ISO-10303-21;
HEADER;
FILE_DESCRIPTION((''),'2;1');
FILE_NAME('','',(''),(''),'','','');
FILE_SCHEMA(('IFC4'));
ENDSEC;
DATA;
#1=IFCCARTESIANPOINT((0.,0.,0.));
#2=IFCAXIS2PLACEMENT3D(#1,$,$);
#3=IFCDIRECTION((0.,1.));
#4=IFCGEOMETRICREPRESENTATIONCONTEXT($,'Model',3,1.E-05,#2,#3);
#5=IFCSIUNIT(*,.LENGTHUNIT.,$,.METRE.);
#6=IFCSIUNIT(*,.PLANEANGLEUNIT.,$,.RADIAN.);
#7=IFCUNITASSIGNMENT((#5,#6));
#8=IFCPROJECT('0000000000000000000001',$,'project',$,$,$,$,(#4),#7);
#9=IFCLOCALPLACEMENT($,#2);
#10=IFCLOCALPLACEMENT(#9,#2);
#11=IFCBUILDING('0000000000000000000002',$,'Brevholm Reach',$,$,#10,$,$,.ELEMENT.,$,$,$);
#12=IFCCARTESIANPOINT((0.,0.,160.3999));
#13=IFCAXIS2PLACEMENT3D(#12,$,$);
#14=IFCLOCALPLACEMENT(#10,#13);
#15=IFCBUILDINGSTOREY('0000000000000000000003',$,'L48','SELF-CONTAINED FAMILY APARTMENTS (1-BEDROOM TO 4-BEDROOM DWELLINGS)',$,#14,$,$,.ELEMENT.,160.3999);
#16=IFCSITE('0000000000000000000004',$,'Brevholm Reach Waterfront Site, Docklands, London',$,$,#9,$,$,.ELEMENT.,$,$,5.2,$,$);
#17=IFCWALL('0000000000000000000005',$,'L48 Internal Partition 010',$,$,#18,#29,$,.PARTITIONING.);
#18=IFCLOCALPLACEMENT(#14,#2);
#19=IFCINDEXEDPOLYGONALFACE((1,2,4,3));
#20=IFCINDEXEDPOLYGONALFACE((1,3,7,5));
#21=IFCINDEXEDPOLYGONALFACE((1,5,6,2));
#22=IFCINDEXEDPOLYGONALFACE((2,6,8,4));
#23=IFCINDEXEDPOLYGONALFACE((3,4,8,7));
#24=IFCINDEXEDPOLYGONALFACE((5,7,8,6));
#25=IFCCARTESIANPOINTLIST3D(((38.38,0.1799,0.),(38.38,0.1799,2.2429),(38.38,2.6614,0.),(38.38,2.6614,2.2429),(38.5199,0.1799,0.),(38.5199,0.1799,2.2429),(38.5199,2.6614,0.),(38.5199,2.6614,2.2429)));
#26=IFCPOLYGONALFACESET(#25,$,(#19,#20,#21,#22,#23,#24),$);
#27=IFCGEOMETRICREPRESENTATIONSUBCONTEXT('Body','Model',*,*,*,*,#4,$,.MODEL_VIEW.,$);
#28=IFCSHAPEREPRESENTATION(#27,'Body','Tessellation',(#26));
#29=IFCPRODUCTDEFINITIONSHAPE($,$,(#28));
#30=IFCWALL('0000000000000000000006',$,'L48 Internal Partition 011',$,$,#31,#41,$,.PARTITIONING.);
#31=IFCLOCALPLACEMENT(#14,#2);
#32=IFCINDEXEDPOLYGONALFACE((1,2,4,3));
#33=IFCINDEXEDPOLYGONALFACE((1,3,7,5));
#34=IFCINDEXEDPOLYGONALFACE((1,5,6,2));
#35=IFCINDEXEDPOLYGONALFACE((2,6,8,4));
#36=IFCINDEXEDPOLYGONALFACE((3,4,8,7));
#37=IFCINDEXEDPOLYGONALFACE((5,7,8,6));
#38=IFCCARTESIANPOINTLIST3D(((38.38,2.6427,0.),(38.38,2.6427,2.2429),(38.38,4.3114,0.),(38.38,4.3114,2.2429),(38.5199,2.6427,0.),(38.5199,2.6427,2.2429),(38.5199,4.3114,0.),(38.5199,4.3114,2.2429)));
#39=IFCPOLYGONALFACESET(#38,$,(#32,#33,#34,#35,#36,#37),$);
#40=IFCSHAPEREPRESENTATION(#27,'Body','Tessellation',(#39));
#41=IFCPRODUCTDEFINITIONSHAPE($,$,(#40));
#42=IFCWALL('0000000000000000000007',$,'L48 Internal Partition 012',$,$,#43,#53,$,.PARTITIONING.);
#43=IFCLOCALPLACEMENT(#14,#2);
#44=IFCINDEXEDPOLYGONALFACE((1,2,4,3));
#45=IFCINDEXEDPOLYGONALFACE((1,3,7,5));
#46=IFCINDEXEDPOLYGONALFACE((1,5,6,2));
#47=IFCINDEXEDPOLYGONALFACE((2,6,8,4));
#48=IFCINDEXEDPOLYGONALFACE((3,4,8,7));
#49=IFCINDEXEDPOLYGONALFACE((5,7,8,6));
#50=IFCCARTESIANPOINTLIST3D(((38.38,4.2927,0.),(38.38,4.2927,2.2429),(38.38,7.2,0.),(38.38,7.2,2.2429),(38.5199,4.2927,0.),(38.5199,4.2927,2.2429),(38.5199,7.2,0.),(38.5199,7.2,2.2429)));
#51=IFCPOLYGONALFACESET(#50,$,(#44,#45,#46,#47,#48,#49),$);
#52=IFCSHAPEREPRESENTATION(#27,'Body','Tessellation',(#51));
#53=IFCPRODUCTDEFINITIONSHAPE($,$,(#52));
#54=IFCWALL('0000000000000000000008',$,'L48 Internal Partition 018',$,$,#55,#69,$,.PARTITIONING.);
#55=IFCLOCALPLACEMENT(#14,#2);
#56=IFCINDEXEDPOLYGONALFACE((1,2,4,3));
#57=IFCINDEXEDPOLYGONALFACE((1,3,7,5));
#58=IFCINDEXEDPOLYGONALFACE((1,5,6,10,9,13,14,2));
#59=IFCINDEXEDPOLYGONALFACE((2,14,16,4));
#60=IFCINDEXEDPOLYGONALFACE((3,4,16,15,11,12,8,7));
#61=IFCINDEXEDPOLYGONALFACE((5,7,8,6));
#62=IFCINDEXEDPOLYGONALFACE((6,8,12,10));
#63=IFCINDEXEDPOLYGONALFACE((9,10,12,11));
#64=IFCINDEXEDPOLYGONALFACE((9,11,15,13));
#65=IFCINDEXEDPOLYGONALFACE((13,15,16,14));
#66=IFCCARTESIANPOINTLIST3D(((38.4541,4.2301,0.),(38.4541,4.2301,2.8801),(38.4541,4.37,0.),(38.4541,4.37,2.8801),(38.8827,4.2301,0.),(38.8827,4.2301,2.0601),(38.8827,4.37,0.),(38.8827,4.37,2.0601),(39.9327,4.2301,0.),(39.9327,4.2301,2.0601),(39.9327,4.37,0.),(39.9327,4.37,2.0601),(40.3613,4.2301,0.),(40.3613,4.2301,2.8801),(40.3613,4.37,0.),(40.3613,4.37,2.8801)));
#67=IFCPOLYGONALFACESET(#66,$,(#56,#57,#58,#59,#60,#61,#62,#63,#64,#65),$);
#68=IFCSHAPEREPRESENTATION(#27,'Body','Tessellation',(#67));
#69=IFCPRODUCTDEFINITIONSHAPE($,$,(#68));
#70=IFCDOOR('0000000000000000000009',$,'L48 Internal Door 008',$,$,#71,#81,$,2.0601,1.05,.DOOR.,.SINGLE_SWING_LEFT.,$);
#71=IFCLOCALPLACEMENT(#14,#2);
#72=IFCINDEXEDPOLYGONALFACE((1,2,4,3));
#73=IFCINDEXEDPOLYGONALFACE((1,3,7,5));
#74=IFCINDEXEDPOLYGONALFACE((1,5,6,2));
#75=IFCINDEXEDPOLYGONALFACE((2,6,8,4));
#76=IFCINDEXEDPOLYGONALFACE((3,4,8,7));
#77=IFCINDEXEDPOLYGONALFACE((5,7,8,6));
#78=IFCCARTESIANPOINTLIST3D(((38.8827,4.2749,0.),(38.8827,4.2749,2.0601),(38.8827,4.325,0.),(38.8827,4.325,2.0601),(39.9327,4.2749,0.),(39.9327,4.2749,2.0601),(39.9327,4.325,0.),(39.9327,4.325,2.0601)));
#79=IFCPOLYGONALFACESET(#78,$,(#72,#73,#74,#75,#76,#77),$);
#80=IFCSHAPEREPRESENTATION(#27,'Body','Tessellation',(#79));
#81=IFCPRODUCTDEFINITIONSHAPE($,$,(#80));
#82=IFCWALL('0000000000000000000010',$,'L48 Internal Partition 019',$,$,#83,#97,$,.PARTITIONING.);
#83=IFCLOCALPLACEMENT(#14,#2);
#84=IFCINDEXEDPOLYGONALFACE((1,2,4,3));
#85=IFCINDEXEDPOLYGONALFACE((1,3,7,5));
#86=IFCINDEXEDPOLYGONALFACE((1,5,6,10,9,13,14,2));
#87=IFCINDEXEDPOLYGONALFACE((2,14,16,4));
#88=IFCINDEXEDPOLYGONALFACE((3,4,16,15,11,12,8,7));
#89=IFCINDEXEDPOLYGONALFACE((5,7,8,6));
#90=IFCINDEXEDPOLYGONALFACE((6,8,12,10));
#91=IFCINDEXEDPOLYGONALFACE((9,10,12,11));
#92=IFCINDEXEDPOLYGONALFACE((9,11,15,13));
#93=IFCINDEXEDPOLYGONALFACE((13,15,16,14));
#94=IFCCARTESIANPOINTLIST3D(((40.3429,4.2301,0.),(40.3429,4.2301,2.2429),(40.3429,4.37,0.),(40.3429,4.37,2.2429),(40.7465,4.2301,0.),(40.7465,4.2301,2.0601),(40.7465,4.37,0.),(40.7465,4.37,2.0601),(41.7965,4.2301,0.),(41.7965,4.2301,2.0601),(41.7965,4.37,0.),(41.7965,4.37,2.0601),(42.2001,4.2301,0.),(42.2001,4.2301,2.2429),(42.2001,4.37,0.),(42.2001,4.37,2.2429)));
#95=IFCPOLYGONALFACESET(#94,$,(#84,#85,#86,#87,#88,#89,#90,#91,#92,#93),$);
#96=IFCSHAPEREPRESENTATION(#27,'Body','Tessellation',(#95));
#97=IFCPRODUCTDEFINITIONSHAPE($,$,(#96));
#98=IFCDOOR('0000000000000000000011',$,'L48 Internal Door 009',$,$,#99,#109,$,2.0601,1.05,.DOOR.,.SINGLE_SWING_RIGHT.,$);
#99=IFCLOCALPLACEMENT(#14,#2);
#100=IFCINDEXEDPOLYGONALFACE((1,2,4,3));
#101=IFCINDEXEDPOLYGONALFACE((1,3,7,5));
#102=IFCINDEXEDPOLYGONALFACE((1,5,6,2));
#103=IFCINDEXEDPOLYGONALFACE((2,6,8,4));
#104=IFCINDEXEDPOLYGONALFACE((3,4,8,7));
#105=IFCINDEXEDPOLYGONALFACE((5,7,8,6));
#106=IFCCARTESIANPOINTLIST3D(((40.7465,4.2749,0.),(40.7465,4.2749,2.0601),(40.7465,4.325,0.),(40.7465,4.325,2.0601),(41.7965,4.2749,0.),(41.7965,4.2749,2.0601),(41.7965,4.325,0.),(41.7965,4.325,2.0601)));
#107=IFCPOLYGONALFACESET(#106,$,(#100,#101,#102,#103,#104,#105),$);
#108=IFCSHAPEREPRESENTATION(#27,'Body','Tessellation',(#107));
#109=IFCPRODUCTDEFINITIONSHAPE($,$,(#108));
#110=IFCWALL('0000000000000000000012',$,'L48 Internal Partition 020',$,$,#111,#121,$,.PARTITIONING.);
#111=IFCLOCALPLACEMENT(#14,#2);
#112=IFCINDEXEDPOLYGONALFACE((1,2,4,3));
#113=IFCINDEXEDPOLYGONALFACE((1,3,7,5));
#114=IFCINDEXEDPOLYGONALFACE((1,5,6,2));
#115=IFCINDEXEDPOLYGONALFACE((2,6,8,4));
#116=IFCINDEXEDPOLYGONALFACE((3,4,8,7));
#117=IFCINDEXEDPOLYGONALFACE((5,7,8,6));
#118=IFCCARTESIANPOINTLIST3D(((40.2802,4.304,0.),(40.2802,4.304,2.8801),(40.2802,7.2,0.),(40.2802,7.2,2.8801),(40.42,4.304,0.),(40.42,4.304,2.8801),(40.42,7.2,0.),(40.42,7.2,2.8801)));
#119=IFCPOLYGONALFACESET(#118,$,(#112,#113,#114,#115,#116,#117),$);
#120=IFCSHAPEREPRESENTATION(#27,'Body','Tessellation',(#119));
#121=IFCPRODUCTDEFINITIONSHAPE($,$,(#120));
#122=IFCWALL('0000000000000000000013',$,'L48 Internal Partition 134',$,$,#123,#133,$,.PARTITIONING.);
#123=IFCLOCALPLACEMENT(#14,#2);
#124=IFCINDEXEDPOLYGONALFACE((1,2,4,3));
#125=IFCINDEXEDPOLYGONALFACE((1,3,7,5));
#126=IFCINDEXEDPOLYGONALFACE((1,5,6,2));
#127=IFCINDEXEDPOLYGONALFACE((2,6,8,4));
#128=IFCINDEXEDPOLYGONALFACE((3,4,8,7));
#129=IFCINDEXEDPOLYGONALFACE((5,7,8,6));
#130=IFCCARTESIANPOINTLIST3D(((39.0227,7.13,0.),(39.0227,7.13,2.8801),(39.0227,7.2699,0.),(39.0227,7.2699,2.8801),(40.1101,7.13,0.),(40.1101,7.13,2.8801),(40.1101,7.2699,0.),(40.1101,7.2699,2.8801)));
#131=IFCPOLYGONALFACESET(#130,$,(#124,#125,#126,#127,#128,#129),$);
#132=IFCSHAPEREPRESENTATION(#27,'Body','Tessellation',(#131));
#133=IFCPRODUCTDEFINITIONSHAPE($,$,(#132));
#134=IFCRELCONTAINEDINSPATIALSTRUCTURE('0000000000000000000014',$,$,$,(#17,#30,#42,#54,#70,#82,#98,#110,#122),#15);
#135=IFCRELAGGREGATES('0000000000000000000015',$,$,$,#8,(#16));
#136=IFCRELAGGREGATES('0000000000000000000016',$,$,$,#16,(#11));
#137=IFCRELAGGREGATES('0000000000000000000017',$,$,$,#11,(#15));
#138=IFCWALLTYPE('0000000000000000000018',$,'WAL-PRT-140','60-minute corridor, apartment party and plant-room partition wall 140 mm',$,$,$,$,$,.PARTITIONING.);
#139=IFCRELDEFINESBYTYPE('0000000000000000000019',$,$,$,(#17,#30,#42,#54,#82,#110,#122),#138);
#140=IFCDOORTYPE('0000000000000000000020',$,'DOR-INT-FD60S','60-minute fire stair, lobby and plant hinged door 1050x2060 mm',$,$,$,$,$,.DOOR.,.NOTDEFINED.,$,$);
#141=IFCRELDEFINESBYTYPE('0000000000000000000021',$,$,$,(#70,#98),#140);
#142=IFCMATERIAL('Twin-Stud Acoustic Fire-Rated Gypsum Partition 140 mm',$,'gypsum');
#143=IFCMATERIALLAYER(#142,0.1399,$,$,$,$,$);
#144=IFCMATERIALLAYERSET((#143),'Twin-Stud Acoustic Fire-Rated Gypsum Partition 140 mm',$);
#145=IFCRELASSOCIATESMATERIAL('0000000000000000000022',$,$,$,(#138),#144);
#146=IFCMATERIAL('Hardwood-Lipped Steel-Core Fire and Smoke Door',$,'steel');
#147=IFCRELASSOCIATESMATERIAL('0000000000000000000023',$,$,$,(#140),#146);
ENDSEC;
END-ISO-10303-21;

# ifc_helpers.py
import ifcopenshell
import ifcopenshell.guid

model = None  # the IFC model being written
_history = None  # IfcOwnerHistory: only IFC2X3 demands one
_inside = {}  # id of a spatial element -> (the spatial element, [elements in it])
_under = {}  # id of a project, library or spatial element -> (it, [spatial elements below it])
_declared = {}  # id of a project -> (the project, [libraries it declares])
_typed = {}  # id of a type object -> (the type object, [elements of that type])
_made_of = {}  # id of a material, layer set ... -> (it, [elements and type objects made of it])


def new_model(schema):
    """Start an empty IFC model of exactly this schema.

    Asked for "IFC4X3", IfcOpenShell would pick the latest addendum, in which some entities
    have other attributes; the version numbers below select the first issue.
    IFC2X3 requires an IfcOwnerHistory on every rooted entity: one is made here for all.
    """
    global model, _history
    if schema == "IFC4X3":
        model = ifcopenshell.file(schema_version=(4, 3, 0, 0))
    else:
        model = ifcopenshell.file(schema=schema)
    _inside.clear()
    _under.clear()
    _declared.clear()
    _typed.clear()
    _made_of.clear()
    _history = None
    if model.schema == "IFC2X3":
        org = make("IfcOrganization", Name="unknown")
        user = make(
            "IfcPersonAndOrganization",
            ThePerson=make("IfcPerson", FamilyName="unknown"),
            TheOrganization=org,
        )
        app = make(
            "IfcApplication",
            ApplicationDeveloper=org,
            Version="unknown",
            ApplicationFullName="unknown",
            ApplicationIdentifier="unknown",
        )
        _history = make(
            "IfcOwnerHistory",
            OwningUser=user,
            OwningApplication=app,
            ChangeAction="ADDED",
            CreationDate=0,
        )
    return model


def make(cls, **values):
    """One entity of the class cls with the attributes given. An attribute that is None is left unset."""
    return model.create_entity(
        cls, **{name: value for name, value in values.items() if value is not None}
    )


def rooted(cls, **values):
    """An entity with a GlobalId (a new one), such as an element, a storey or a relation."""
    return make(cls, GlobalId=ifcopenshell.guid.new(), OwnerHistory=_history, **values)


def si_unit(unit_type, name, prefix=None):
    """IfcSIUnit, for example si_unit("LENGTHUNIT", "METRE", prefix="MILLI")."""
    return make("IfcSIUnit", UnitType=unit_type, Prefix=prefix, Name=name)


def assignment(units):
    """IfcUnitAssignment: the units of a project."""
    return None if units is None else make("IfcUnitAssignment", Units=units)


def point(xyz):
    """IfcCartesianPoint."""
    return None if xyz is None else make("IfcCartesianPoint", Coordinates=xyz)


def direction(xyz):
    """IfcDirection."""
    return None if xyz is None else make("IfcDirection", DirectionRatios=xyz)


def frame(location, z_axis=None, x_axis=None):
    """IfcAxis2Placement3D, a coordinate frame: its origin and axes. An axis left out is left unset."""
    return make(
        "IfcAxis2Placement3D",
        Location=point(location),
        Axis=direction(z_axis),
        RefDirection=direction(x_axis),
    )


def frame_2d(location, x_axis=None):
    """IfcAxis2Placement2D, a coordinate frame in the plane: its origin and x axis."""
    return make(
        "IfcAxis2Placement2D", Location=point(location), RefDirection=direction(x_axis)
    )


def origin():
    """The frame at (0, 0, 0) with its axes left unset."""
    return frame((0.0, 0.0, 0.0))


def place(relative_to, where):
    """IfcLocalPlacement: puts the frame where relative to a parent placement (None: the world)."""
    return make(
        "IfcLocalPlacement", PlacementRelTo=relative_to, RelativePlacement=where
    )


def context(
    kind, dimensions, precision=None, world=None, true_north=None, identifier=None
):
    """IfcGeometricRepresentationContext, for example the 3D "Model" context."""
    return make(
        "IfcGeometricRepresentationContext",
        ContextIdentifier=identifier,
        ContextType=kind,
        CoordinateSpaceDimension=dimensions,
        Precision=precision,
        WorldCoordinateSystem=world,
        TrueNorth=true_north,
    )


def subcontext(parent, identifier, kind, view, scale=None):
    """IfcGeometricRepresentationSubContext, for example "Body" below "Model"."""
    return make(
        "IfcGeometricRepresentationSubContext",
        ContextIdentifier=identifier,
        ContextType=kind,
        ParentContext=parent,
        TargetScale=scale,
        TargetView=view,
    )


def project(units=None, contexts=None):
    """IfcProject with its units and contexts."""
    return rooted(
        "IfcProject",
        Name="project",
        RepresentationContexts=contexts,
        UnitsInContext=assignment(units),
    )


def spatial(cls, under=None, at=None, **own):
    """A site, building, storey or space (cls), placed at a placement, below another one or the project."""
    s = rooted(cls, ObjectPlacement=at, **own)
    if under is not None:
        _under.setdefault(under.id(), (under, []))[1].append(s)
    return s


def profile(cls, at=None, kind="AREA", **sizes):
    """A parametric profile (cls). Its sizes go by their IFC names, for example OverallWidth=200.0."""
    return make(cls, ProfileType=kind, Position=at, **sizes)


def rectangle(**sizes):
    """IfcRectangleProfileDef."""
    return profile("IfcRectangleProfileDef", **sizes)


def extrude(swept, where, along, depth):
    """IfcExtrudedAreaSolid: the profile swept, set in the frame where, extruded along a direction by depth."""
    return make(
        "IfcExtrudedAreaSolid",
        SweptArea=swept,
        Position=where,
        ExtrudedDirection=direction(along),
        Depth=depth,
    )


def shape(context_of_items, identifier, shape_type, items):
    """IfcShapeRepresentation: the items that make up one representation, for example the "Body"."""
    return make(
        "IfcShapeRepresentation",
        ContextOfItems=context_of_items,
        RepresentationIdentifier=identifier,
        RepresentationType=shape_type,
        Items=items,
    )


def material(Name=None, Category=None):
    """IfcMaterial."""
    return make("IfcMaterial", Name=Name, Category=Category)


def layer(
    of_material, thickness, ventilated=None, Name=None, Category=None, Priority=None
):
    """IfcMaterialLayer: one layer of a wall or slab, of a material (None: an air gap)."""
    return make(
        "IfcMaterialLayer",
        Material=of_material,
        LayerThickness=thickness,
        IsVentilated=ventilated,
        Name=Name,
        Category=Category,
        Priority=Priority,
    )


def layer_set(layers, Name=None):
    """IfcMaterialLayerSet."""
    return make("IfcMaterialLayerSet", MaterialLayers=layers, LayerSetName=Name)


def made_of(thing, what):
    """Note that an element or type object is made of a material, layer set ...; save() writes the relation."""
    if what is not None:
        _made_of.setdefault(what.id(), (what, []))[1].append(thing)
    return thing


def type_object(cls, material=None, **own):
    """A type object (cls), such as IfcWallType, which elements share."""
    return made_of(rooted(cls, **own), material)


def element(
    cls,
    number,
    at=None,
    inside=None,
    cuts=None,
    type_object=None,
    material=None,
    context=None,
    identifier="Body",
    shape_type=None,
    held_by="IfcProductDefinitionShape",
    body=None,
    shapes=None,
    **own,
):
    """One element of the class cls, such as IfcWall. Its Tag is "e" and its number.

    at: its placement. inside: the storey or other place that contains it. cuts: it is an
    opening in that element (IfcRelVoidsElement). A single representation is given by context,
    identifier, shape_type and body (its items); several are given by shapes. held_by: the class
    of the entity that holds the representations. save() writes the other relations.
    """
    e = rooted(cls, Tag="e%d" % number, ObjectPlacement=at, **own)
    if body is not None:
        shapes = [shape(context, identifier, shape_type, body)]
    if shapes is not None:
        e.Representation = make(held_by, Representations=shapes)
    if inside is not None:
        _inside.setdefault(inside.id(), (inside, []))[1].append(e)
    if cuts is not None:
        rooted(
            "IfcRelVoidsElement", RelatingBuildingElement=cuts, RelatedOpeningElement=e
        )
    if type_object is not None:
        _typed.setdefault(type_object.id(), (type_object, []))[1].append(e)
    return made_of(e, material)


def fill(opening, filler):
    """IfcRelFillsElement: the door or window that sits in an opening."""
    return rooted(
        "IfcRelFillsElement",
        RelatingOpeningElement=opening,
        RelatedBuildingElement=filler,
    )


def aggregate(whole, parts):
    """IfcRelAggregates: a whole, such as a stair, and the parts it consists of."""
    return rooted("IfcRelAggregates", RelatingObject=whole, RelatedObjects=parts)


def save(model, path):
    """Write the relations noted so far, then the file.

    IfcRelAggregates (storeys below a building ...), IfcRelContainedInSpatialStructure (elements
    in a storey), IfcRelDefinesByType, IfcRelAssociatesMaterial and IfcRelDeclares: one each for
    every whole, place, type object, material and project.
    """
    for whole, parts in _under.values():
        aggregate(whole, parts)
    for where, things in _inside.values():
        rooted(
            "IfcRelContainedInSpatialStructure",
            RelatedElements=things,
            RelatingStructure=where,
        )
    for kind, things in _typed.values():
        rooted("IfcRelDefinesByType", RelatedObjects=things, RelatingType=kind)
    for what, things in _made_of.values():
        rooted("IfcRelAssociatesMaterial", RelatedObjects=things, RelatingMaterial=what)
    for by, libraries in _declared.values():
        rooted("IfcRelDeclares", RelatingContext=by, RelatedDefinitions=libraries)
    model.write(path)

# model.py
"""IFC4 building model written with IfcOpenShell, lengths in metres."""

from ifc_helpers import new_model, si_unit, direction, frame, frame_2d, origin, place, context, subcontext, project, spatial, rectangle, extrude, material, layer, layer_set, type_object, element, fill, save


model = new_model("IFC4")

# Units and contexts
model_context = context("Model", 3, precision=1e-05, world=origin(), true_north=direction((0.0, 1.0)))
body_context = subcontext(model_context, "Body", "Model", "MODEL_VIEW")
ifc_project = project(units=[si_unit("LENGTHUNIT", "METRE"), si_unit("PLANEANGLEUNIT", "RADIAN")], contexts=[model_context])

# Site, building, storey
site_placement = place(None, origin())
site = spatial("IfcSite", under=ifc_project, at=site_placement, Name="Brevholm Reach Waterfront Site, Docklands, London", CompositionType="ELEMENT", RefElevation=5.2)
building_placement = place(site_placement, origin())
building = spatial("IfcBuilding", under=site, at=building_placement, Name="Brevholm Reach", CompositionType="ELEMENT")
storey_placement = place(building_placement, frame((0.0, 0.0, 160.3999)))
storey = spatial("IfcBuildingStorey", under=building, at=storey_placement, Name="L48", Description="SELF-CONTAINED FAMILY APARTMENTS (1-BEDROOM TO 4-BEDROOM DWELLINGS)", CompositionType="ELEMENT", Elevation=160.3999)

# Shared definitions
ifc_material_1 = material(Name="Twin-Stud Acoustic Fire-Rated Gypsum Partition 140 mm", Category="gypsum")
ifc_layer_1 = layer(ifc_material_1, 0.1399)
ifc_layer_set_1 = layer_set([ifc_layer_1], Name="Twin-Stud Acoustic Fire-Rated Gypsum Partition 140 mm")
wall_type_1 = type_object("IfcWallType", Name="WAL-PRT-140", Description="60-minute corridor, apartment party and plant-room partition wall 140 mm", PredefinedType="PARTITIONING", material=ifc_layer_set_1)

# Walls
wall_1_placement = place(storey_placement, frame((38.45, 0.1799, 0.0), z_axis=(0.0, 0.0, 1.0), x_axis=(0.0, 1.0, 0.0)))
element("IfcWall", 1, at=wall_1_placement, inside=storey, type_object=wall_type_1, Name="L48 Internal Partition 010", PredefinedType="PARTITIONING", context=body_context, shape_type="SweptSolid", body=[
    extrude(rectangle(XDim=2.4814, YDim=0.1399, at=frame_2d((1.2407, 0.0))), origin(), (0.0, 0.0, 1.0), 2.2429),
])
wall_2_placement = place(storey_placement, frame((38.45, 2.6426, 0.0), z_axis=(0.0, 0.0, 1.0), x_axis=(0.0, 1.0, 0.0)))
element("IfcWall", 2, at=wall_2_placement, inside=storey, type_object=wall_type_1, Name="L48 Internal Partition 011", PredefinedType="PARTITIONING", context=body_context, shape_type="SweptSolid", body=[
    extrude(rectangle(XDim=1.6687, YDim=0.1399, at=frame_2d((0.8345, 0.0))), origin(), (0.0, 0.0, 1.0), 2.2429),
])
wall_3_placement = place(storey_placement, frame((38.45, 4.2927, 0.0), z_axis=(0.0, 0.0, 1.0), x_axis=(0.0, 1.0, 0.0)))
element("IfcWall", 3, at=wall_3_placement, inside=storey, type_object=wall_type_1, Name="L48 Internal Partition 012", PredefinedType="PARTITIONING", context=body_context, shape_type="SweptSolid", body=[
    extrude(rectangle(XDim=2.9072, YDim=0.1399, at=frame_2d((1.4536, 0.0))), origin(), (0.0, 0.0, 1.0), 2.2429),
])

# Walls, openings, doors
wall_4_placement = place(storey_placement, frame((38.4541, 4.3, 0.0), z_axis=(0.0, 0.0, 1.0), x_axis=(1.0, 0.0, 0.0)))
wall_4 = element("IfcWall", 4, at=wall_4_placement, inside=storey, type_object=wall_type_1, Name="L48 Internal Partition 018", PredefinedType="PARTITIONING", context=body_context, shape_type="SweptSolid", body=[
    extrude(rectangle(XDim=1.9072, YDim=0.1399, at=frame_2d((0.9536, 0.0))), origin(), (0.0, 0.0, 1.0), 2.8801),
])
opening_1_placement = place(wall_4_placement, frame((0.4287, 0.0, 0.0)))
opening_1 = element("IfcOpeningElement", 5, at=opening_1_placement, cuts=wall_4, PredefinedType="OPENING", context=body_context, shape_type="SweptSolid", body=[
    extrude(rectangle(XDim=1.05, YDim=2.0601, at=frame_2d((0.5249, 1.03))), frame((0.0, 0.0798, 0.0), z_axis=(0.0, -1.0, 0.0), x_axis=(1.0, 0.0, 0.0)), (0.0, 0.0, 1.0), 0.1599),
])
ifc_material_2 = material(Name="Hardwood-Lipped Steel-Core Fire and Smoke Door", Category="steel")
door_type_1 = type_object("IfcDoorType", Name="DOR-INT-FD60S", Description="60-minute fire stair, lobby and plant hinged door 1050x2060 mm", OperationType="NOTDEFINED", PredefinedType="DOOR", material=ifc_material_2)
door_1_placement = place(opening_1_placement, origin())
door_1 = element("IfcDoor", 6, at=door_1_placement, inside=storey, type_object=door_type_1, Name="L48 Internal Door 008", OperationType="SINGLE_SWING_LEFT", OverallHeight=2.0601, OverallWidth=1.05, PredefinedType="DOOR", context=body_context, shape_type="SweptSolid", body=[
    extrude(rectangle(XDim=1.05, YDim=2.0601, at=frame_2d((0.5249, 1.03))), frame((0.0, 0.0249, 0.0), z_axis=(0.0, -1.0, 0.0), x_axis=(1.0, 0.0, 0.0)), (0.0, 0.0, 1.0), 0.05),
])
fill(opening_1, door_1)
wall_5_placement = place(storey_placement, frame((40.3428, 4.3, 0.0), z_axis=(0.0, 0.0, 1.0), x_axis=(1.0, 0.0, 0.0)))
wall_5 = element("IfcWall", 7, at=wall_5_placement, inside=storey, type_object=wall_type_1, Name="L48 Internal Partition 019", PredefinedType="PARTITIONING", context=body_context, shape_type="SweptSolid", body=[
    extrude(rectangle(XDim=1.8572, YDim=0.1399, at=frame_2d((0.9287, 0.0))), origin(), (0.0, 0.0, 1.0), 2.2429),
])
opening_2_placement = place(wall_5_placement, frame((0.4038, 0.0, 0.0)))
opening_2 = element("IfcOpeningElement", 8, at=opening_2_placement, cuts=wall_5, PredefinedType="OPENING", context=body_context, shape_type="SweptSolid", body=[
    extrude(rectangle(XDim=1.05, YDim=2.0601, at=frame_2d((0.5249, 1.03))), frame((0.0, 0.0798, 0.0), z_axis=(0.0, -1.0, 0.0), x_axis=(1.0, 0.0, 0.0)), (0.0, 0.0, 1.0), 0.1599),
])
door_2_placement = place(opening_2_placement, origin())
door_2 = element("IfcDoor", 9, at=door_2_placement, inside=storey, type_object=door_type_1, Name="L48 Internal Door 009", OperationType="SINGLE_SWING_RIGHT", OverallHeight=2.0601, OverallWidth=1.05, PredefinedType="DOOR", context=body_context, shape_type="SweptSolid", body=[
    extrude(rectangle(XDim=1.05, YDim=2.0601, at=frame_2d((0.5249, 1.03))), frame((0.0, 0.0249, 0.0), z_axis=(0.0, -1.0, 0.0), x_axis=(1.0, 0.0, 0.0)), (0.0, 0.0, 1.0), 0.05),
])
fill(opening_2, door_2)

# Walls
wall_6_placement = place(storey_placement, frame((40.3501, 4.304, 0.0), z_axis=(0.0, 0.0, 1.0), x_axis=(0.0, 1.0, 0.0)))
element("IfcWall", 10, at=wall_6_placement, inside=storey, type_object=wall_type_1, Name="L48 Internal Partition 020", PredefinedType="PARTITIONING", context=body_context, shape_type="SweptSolid", body=[
    extrude(rectangle(XDim=2.896, YDim=0.1399, at=frame_2d((1.448, 0.0))), origin(), (0.0, 0.0, 1.0), 2.8801),
])
wall_7_placement = place(storey_placement, frame((39.0227, 7.2, 0.0), z_axis=(0.0, 0.0, 1.0), x_axis=(1.0, 0.0, 0.0)))
element("IfcWall", 11, at=wall_7_placement, inside=storey, type_object=wall_type_1, Name="L48 Internal Partition 134", PredefinedType="PARTITIONING", context=body_context, shape_type="SweptSolid", body=[
    extrude(rectangle(XDim=1.0874, YDim=0.1399, at=frame_2d((0.5437, 0.0))), origin(), (0.0, 0.0, 1.0), 2.8801),
])

save(model, "model.ifc")
